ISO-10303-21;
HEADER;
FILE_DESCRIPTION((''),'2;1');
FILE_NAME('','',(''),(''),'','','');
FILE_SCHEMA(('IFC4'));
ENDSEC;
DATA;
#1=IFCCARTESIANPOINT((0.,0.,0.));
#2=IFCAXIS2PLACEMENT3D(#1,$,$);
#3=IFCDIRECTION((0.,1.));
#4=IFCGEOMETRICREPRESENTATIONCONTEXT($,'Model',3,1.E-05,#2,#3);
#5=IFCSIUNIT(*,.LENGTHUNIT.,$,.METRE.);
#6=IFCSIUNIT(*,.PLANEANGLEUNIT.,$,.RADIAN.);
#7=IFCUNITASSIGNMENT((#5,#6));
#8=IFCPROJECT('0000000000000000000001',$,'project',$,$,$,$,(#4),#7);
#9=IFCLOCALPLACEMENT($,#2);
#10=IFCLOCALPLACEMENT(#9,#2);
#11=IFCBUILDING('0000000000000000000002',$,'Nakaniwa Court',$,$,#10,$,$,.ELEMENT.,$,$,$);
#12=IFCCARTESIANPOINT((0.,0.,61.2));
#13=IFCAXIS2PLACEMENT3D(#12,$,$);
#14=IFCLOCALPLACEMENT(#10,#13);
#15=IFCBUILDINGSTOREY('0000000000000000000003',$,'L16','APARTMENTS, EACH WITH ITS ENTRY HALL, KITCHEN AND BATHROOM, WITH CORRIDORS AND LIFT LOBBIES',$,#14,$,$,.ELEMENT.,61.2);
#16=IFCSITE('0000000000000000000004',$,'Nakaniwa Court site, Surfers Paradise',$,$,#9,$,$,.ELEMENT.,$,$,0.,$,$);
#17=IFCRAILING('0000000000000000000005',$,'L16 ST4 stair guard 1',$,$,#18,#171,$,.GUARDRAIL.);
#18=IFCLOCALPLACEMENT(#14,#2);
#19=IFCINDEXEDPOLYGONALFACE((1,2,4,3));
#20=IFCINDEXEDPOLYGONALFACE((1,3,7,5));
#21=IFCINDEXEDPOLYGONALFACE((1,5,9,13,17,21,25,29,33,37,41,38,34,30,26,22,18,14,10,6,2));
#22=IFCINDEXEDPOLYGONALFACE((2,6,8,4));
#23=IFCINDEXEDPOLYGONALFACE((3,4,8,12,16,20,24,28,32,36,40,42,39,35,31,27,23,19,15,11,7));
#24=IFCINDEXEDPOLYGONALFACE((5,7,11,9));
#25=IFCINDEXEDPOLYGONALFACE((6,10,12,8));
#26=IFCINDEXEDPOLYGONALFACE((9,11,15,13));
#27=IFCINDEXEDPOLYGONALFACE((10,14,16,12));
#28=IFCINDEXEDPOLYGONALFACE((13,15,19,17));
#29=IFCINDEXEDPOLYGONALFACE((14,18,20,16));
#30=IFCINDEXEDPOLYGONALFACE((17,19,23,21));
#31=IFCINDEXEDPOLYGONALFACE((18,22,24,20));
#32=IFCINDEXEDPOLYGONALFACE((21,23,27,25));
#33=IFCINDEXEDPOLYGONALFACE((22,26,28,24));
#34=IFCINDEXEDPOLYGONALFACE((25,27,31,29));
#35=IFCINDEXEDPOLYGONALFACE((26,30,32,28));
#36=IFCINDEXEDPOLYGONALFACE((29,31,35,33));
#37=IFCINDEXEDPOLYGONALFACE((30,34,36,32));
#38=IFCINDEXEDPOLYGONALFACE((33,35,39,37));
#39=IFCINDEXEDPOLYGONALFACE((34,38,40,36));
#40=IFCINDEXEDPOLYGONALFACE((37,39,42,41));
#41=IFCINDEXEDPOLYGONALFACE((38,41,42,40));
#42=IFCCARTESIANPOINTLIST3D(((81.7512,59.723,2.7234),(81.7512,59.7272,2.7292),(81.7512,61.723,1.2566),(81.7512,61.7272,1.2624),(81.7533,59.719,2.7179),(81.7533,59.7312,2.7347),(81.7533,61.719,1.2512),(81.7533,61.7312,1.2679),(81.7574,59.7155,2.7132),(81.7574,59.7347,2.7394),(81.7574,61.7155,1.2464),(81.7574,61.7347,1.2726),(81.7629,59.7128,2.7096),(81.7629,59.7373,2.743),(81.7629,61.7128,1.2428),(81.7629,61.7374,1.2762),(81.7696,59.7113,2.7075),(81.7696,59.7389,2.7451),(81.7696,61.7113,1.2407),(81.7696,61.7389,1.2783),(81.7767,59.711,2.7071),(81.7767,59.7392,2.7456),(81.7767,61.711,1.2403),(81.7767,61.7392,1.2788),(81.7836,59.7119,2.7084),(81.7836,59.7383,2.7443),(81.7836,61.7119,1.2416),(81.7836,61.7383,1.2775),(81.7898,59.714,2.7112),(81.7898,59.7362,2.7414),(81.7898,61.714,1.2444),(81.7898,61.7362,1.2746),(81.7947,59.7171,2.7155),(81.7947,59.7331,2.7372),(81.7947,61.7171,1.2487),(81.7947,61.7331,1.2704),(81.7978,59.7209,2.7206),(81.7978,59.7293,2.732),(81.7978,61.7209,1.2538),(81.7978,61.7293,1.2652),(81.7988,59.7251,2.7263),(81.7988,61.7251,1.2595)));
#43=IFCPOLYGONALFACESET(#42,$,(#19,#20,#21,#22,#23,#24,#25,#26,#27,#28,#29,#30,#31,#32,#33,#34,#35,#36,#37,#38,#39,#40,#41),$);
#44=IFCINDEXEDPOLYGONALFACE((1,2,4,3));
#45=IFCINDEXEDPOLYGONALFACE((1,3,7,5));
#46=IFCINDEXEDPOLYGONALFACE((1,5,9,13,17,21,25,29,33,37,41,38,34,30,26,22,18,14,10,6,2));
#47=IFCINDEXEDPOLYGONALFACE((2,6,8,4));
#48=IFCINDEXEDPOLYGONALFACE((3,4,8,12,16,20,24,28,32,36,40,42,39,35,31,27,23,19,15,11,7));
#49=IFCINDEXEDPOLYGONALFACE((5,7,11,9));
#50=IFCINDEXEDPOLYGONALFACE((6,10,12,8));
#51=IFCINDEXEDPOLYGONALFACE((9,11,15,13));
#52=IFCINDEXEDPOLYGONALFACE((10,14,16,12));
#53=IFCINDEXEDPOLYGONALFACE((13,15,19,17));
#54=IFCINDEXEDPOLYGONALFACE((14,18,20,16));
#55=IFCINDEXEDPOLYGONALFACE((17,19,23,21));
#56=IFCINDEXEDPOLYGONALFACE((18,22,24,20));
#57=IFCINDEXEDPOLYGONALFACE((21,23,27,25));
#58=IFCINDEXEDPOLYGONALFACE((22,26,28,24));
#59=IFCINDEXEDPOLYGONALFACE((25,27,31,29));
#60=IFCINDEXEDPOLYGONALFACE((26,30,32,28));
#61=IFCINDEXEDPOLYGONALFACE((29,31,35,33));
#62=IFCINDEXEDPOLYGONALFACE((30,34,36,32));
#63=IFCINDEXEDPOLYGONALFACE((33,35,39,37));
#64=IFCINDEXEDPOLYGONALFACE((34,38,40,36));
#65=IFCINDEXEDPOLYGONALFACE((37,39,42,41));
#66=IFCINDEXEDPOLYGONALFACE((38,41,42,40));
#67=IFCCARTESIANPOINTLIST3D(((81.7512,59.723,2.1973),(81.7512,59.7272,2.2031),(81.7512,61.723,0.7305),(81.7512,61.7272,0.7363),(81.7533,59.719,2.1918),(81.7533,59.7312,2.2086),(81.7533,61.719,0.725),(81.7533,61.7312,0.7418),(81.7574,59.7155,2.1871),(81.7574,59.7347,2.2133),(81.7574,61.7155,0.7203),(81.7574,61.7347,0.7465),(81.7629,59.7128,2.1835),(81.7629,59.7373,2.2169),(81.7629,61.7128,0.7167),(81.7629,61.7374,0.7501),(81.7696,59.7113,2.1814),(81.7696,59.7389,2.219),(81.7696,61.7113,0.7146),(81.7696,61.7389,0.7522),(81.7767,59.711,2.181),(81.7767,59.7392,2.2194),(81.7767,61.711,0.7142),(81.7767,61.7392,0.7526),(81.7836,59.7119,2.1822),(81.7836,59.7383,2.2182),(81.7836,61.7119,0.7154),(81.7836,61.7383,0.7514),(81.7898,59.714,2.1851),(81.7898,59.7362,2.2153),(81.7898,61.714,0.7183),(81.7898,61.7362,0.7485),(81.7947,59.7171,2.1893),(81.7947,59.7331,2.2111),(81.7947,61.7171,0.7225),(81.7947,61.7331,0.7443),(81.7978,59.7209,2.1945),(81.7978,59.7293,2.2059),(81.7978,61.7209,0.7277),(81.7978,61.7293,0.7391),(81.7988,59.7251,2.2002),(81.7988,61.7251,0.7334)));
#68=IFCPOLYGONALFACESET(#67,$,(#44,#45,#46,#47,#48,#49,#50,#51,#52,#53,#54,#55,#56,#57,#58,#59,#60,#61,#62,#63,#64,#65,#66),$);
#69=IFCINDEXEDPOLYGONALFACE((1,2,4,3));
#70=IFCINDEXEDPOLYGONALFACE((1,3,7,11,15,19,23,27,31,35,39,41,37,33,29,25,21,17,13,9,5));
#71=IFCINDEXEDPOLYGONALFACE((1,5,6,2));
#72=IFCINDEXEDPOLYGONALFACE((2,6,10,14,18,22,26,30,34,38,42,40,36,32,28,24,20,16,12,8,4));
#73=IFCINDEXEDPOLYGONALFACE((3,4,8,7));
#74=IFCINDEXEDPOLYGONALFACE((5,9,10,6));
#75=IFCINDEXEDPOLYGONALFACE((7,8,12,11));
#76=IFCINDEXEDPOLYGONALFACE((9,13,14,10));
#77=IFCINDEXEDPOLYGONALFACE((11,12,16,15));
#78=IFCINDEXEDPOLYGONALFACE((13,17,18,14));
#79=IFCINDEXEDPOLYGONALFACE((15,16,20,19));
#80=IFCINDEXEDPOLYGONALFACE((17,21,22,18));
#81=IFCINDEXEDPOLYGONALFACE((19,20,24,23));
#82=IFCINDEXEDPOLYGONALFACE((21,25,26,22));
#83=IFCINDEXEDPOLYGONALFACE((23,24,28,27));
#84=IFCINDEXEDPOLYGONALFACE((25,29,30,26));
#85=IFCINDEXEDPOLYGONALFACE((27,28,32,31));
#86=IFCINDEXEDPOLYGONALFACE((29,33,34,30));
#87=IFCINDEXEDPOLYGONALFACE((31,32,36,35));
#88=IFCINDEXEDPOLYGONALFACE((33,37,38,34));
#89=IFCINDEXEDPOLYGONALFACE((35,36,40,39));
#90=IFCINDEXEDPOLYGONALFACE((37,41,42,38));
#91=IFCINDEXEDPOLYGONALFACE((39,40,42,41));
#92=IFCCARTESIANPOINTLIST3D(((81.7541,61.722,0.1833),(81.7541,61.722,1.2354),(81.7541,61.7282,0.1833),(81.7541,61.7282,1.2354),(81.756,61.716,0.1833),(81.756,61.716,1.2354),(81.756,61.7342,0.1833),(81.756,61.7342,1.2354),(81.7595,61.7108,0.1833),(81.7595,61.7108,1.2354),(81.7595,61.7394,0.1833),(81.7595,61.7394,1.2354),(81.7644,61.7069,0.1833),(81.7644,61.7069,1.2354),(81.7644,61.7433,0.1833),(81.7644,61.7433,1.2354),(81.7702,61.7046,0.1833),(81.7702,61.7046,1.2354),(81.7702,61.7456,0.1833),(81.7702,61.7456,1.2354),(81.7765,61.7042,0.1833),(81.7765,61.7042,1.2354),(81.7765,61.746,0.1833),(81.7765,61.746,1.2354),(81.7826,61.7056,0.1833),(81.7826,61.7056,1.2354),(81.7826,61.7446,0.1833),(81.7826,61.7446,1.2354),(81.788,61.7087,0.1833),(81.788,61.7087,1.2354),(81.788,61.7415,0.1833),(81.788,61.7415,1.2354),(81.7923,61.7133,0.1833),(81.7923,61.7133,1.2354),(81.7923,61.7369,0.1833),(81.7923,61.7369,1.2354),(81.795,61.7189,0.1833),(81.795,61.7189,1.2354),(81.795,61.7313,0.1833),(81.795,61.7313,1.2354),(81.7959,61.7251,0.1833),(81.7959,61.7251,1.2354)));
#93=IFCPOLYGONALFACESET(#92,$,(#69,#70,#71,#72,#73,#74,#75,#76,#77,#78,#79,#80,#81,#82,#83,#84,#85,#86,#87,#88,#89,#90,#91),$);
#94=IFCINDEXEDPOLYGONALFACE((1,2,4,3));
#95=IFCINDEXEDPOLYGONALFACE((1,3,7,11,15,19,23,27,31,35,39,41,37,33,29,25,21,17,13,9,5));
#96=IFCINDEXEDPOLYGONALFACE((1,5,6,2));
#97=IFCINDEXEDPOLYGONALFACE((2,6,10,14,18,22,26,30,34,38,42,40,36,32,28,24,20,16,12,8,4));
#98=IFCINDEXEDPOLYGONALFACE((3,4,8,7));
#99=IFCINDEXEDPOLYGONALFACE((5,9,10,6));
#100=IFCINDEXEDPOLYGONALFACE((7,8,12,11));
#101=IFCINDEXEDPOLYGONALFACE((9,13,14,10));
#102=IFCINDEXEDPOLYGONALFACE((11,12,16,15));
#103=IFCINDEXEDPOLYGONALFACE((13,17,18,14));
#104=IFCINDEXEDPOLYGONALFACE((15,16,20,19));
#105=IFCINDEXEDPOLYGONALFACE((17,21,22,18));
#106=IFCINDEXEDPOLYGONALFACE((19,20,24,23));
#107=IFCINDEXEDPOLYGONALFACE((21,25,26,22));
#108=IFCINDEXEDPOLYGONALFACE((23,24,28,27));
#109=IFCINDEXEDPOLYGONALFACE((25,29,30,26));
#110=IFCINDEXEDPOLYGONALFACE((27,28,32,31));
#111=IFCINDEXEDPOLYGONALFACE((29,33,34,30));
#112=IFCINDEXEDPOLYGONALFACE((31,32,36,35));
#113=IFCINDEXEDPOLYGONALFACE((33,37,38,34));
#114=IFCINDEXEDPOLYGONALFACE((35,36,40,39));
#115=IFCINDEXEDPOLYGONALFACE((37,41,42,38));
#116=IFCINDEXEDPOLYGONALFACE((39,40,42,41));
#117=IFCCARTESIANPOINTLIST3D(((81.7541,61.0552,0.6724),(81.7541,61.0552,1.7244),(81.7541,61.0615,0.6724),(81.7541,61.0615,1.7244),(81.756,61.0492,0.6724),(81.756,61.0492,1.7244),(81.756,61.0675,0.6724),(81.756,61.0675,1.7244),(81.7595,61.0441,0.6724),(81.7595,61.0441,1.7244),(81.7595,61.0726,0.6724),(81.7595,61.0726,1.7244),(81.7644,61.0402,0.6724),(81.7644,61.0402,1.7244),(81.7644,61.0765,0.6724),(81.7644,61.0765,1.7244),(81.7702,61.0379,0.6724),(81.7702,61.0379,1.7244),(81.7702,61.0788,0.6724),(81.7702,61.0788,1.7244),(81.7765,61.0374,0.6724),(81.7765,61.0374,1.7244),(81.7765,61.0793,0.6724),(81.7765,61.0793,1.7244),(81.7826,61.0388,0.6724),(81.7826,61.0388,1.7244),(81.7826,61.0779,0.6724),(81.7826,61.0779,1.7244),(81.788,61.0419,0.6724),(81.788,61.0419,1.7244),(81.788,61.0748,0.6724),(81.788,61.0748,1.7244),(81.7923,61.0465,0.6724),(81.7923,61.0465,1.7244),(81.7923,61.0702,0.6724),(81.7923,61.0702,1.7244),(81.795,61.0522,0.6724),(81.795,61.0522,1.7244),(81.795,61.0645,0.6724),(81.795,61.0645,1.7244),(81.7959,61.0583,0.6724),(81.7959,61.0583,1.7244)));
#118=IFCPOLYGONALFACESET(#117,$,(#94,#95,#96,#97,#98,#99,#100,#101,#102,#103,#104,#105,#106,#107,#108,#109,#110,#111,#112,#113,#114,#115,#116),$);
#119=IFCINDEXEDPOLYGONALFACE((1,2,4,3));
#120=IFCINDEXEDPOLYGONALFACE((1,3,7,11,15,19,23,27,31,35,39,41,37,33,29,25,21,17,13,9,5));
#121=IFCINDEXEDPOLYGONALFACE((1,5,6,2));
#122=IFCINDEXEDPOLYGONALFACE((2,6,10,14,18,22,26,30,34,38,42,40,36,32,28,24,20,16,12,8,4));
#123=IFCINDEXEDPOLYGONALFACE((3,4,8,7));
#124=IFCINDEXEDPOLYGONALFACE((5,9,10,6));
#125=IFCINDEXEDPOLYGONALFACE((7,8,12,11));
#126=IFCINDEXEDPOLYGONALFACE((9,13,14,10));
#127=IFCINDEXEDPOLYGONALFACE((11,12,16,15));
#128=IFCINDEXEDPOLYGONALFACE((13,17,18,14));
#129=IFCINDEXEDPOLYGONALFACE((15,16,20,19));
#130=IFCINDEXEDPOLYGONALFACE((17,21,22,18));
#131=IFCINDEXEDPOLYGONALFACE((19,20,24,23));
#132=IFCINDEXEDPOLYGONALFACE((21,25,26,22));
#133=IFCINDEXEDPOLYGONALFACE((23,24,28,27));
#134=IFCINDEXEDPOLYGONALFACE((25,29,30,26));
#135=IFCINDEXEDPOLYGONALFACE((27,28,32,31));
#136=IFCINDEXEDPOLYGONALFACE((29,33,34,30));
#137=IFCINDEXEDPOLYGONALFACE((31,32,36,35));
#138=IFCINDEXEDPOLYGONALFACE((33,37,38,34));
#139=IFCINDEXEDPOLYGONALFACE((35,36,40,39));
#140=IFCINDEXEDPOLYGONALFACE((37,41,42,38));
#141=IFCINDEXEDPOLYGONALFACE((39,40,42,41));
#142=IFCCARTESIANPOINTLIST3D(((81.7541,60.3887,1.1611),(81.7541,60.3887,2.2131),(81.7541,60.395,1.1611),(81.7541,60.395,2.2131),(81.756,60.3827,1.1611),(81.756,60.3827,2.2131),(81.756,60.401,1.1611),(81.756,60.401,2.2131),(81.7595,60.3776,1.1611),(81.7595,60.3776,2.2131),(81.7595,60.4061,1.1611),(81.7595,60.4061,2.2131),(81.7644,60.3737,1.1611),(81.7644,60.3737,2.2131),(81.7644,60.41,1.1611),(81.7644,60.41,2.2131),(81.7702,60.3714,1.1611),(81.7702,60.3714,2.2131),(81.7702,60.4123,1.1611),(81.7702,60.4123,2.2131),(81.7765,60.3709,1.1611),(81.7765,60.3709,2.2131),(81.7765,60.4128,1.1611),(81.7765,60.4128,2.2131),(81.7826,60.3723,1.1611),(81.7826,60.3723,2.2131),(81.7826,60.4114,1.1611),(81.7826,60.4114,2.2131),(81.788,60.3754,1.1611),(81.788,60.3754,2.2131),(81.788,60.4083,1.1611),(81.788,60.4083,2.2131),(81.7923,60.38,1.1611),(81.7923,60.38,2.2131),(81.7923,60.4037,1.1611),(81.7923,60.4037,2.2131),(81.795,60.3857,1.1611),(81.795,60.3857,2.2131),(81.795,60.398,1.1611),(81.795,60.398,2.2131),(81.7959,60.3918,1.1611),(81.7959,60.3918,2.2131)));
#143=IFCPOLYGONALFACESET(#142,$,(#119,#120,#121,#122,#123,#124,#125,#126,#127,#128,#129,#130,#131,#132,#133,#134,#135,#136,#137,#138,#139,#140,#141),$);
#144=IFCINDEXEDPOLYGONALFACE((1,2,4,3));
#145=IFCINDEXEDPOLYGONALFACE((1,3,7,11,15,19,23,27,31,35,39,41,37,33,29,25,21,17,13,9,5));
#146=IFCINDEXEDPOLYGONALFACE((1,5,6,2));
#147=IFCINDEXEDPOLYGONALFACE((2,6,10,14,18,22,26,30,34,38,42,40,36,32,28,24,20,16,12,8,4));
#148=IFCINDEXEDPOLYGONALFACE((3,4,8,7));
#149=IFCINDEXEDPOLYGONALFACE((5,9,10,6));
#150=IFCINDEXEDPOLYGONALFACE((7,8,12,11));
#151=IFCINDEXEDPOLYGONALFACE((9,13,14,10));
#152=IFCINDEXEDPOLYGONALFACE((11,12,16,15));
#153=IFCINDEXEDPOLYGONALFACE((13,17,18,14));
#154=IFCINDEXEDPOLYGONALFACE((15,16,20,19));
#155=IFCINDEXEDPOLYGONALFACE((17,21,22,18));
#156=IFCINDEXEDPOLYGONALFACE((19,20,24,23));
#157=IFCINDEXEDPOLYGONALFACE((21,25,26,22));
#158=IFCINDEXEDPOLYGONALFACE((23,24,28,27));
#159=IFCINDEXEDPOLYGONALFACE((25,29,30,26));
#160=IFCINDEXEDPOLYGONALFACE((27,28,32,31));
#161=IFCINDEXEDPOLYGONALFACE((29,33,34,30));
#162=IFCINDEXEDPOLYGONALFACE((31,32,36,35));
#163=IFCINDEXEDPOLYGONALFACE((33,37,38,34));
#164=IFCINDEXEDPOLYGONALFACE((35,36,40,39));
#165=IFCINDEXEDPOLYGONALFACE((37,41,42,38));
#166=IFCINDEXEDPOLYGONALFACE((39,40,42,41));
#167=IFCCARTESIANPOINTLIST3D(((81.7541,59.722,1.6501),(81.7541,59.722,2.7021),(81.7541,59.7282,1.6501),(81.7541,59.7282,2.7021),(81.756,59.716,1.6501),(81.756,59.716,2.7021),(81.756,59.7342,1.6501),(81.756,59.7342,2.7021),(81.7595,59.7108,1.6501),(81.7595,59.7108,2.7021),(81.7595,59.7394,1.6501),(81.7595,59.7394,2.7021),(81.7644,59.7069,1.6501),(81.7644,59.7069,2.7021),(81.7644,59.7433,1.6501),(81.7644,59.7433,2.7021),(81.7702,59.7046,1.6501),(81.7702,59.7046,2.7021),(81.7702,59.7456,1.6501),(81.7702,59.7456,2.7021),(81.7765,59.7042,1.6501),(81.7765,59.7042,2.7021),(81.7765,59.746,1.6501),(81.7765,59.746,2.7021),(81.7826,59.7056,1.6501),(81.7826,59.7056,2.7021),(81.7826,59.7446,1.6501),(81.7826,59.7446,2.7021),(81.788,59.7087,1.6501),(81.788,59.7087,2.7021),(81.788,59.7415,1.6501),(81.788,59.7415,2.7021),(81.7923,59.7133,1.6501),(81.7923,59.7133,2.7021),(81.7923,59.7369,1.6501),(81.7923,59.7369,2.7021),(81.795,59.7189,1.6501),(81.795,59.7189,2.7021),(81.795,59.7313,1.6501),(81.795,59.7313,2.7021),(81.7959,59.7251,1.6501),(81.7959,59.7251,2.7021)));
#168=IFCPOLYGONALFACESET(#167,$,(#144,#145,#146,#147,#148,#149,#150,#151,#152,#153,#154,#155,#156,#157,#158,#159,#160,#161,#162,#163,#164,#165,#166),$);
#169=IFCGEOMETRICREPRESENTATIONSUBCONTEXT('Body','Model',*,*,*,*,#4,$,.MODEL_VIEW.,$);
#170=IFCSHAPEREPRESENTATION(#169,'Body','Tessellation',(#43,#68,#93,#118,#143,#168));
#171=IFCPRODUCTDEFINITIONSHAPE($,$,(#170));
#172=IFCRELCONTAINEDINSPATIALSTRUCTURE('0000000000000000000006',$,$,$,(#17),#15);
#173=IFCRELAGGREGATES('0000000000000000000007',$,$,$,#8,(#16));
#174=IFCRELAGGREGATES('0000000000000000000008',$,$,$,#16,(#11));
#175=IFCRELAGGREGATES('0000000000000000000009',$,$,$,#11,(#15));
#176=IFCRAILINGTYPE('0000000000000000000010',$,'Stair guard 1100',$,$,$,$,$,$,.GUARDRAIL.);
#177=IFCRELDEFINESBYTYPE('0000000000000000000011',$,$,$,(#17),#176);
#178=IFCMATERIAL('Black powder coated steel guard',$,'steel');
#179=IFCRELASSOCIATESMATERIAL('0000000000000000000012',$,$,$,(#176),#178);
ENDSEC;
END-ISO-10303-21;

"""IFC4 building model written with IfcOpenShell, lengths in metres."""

from ifc_helpers import new_model, si_unit, direction, frame, origin, origin_2d, place, context, subcontext, project, spatial, circle, extrude, material, type_object, element, save


model = new_model("IFC4")

# Units and contexts
model_context = context("Model", 3, precision=1e-05, world=origin(), true_north=direction((0.0, 1.0)))
body_context = subcontext(model_context, "Body", "Model", "MODEL_VIEW")
ifc_project = project(units=[si_unit("LENGTHUNIT", "METRE"), si_unit("PLANEANGLEUNIT", "RADIAN")], contexts=[model_context])

# Site, building, storey
site_placement = place(None, origin())
site = spatial("IfcSite", under=ifc_project, at=site_placement, Name="Nakaniwa Court site, Surfers Paradise", CompositionType="ELEMENT", RefElevation=0.0)
building_placement = place(site_placement, origin())
building = spatial("IfcBuilding", under=site, at=building_placement, Name="Nakaniwa Court", CompositionType="ELEMENT")
storey_placement = place(building_placement, frame((0.0, 0.0, 61.2)))
storey = spatial("IfcBuildingStorey", under=building, at=storey_placement, Name="L16", Description="APARTMENTS, EACH WITH ITS ENTRY HALL, KITCHEN AND BATHROOM, WITH CORRIDORS AND LIFT LOBBIES", CompositionType="ELEMENT", Elevation=61.2)

# Railing
ifc_material_1 = material(Name="Black powder coated steel guard", Category="steel")
railing_type_1 = type_object("IfcRailingType", Name="Stair guard 1100", PredefinedType="GUARDRAIL", material=ifc_material_1)
railing_1_placement = place(storey_placement, frame((81.7749, 61.7251, 0.1833)))
element("IfcRailing", 1, at=railing_1_placement, inside=storey, type_object=railing_type_1, Name="L16 ST4 stair guard 1", PredefinedType="GUARDRAIL", context=body_context, shape_type="SweptSolid", body=[
    extrude(circle(Radius=0.0239, at=origin_2d()), frame((0.0, 0.0, 1.0762), z_axis=(0.0, -0.80638, 0.591398), x_axis=(1.0, 0.0, 0.0)), (0.0, 0.0, 1.0), 2.4802),
    extrude(circle(Radius=0.0239, at=origin_2d()), frame((0.0, 0.0, 0.55), z_axis=(0.0, -0.80638, 0.591398), x_axis=(1.0, 0.0, 0.0)), (0.0, 0.0, 1.0), 2.4802),
    extrude(circle(Radius=0.021, at=origin_2d()), origin(), (0.0, 0.0, 1.0), 1.052),
    extrude(circle(Radius=0.021, at=origin_2d()), frame((0.0, -0.6667, 0.489)), (0.0, 0.0, 1.0), 1.052),
    extrude(circle(Radius=0.021, at=origin_2d()), frame((0.0, -1.3333, 0.9778)), (0.0, 0.0, 1.0), 1.052),
    extrude(circle(Radius=0.021, at=origin_2d()), frame((0.0, -2.0, 1.4668)), (0.0, 0.0, 1.0), 1.052),
])

save(model, "model.ifc")
